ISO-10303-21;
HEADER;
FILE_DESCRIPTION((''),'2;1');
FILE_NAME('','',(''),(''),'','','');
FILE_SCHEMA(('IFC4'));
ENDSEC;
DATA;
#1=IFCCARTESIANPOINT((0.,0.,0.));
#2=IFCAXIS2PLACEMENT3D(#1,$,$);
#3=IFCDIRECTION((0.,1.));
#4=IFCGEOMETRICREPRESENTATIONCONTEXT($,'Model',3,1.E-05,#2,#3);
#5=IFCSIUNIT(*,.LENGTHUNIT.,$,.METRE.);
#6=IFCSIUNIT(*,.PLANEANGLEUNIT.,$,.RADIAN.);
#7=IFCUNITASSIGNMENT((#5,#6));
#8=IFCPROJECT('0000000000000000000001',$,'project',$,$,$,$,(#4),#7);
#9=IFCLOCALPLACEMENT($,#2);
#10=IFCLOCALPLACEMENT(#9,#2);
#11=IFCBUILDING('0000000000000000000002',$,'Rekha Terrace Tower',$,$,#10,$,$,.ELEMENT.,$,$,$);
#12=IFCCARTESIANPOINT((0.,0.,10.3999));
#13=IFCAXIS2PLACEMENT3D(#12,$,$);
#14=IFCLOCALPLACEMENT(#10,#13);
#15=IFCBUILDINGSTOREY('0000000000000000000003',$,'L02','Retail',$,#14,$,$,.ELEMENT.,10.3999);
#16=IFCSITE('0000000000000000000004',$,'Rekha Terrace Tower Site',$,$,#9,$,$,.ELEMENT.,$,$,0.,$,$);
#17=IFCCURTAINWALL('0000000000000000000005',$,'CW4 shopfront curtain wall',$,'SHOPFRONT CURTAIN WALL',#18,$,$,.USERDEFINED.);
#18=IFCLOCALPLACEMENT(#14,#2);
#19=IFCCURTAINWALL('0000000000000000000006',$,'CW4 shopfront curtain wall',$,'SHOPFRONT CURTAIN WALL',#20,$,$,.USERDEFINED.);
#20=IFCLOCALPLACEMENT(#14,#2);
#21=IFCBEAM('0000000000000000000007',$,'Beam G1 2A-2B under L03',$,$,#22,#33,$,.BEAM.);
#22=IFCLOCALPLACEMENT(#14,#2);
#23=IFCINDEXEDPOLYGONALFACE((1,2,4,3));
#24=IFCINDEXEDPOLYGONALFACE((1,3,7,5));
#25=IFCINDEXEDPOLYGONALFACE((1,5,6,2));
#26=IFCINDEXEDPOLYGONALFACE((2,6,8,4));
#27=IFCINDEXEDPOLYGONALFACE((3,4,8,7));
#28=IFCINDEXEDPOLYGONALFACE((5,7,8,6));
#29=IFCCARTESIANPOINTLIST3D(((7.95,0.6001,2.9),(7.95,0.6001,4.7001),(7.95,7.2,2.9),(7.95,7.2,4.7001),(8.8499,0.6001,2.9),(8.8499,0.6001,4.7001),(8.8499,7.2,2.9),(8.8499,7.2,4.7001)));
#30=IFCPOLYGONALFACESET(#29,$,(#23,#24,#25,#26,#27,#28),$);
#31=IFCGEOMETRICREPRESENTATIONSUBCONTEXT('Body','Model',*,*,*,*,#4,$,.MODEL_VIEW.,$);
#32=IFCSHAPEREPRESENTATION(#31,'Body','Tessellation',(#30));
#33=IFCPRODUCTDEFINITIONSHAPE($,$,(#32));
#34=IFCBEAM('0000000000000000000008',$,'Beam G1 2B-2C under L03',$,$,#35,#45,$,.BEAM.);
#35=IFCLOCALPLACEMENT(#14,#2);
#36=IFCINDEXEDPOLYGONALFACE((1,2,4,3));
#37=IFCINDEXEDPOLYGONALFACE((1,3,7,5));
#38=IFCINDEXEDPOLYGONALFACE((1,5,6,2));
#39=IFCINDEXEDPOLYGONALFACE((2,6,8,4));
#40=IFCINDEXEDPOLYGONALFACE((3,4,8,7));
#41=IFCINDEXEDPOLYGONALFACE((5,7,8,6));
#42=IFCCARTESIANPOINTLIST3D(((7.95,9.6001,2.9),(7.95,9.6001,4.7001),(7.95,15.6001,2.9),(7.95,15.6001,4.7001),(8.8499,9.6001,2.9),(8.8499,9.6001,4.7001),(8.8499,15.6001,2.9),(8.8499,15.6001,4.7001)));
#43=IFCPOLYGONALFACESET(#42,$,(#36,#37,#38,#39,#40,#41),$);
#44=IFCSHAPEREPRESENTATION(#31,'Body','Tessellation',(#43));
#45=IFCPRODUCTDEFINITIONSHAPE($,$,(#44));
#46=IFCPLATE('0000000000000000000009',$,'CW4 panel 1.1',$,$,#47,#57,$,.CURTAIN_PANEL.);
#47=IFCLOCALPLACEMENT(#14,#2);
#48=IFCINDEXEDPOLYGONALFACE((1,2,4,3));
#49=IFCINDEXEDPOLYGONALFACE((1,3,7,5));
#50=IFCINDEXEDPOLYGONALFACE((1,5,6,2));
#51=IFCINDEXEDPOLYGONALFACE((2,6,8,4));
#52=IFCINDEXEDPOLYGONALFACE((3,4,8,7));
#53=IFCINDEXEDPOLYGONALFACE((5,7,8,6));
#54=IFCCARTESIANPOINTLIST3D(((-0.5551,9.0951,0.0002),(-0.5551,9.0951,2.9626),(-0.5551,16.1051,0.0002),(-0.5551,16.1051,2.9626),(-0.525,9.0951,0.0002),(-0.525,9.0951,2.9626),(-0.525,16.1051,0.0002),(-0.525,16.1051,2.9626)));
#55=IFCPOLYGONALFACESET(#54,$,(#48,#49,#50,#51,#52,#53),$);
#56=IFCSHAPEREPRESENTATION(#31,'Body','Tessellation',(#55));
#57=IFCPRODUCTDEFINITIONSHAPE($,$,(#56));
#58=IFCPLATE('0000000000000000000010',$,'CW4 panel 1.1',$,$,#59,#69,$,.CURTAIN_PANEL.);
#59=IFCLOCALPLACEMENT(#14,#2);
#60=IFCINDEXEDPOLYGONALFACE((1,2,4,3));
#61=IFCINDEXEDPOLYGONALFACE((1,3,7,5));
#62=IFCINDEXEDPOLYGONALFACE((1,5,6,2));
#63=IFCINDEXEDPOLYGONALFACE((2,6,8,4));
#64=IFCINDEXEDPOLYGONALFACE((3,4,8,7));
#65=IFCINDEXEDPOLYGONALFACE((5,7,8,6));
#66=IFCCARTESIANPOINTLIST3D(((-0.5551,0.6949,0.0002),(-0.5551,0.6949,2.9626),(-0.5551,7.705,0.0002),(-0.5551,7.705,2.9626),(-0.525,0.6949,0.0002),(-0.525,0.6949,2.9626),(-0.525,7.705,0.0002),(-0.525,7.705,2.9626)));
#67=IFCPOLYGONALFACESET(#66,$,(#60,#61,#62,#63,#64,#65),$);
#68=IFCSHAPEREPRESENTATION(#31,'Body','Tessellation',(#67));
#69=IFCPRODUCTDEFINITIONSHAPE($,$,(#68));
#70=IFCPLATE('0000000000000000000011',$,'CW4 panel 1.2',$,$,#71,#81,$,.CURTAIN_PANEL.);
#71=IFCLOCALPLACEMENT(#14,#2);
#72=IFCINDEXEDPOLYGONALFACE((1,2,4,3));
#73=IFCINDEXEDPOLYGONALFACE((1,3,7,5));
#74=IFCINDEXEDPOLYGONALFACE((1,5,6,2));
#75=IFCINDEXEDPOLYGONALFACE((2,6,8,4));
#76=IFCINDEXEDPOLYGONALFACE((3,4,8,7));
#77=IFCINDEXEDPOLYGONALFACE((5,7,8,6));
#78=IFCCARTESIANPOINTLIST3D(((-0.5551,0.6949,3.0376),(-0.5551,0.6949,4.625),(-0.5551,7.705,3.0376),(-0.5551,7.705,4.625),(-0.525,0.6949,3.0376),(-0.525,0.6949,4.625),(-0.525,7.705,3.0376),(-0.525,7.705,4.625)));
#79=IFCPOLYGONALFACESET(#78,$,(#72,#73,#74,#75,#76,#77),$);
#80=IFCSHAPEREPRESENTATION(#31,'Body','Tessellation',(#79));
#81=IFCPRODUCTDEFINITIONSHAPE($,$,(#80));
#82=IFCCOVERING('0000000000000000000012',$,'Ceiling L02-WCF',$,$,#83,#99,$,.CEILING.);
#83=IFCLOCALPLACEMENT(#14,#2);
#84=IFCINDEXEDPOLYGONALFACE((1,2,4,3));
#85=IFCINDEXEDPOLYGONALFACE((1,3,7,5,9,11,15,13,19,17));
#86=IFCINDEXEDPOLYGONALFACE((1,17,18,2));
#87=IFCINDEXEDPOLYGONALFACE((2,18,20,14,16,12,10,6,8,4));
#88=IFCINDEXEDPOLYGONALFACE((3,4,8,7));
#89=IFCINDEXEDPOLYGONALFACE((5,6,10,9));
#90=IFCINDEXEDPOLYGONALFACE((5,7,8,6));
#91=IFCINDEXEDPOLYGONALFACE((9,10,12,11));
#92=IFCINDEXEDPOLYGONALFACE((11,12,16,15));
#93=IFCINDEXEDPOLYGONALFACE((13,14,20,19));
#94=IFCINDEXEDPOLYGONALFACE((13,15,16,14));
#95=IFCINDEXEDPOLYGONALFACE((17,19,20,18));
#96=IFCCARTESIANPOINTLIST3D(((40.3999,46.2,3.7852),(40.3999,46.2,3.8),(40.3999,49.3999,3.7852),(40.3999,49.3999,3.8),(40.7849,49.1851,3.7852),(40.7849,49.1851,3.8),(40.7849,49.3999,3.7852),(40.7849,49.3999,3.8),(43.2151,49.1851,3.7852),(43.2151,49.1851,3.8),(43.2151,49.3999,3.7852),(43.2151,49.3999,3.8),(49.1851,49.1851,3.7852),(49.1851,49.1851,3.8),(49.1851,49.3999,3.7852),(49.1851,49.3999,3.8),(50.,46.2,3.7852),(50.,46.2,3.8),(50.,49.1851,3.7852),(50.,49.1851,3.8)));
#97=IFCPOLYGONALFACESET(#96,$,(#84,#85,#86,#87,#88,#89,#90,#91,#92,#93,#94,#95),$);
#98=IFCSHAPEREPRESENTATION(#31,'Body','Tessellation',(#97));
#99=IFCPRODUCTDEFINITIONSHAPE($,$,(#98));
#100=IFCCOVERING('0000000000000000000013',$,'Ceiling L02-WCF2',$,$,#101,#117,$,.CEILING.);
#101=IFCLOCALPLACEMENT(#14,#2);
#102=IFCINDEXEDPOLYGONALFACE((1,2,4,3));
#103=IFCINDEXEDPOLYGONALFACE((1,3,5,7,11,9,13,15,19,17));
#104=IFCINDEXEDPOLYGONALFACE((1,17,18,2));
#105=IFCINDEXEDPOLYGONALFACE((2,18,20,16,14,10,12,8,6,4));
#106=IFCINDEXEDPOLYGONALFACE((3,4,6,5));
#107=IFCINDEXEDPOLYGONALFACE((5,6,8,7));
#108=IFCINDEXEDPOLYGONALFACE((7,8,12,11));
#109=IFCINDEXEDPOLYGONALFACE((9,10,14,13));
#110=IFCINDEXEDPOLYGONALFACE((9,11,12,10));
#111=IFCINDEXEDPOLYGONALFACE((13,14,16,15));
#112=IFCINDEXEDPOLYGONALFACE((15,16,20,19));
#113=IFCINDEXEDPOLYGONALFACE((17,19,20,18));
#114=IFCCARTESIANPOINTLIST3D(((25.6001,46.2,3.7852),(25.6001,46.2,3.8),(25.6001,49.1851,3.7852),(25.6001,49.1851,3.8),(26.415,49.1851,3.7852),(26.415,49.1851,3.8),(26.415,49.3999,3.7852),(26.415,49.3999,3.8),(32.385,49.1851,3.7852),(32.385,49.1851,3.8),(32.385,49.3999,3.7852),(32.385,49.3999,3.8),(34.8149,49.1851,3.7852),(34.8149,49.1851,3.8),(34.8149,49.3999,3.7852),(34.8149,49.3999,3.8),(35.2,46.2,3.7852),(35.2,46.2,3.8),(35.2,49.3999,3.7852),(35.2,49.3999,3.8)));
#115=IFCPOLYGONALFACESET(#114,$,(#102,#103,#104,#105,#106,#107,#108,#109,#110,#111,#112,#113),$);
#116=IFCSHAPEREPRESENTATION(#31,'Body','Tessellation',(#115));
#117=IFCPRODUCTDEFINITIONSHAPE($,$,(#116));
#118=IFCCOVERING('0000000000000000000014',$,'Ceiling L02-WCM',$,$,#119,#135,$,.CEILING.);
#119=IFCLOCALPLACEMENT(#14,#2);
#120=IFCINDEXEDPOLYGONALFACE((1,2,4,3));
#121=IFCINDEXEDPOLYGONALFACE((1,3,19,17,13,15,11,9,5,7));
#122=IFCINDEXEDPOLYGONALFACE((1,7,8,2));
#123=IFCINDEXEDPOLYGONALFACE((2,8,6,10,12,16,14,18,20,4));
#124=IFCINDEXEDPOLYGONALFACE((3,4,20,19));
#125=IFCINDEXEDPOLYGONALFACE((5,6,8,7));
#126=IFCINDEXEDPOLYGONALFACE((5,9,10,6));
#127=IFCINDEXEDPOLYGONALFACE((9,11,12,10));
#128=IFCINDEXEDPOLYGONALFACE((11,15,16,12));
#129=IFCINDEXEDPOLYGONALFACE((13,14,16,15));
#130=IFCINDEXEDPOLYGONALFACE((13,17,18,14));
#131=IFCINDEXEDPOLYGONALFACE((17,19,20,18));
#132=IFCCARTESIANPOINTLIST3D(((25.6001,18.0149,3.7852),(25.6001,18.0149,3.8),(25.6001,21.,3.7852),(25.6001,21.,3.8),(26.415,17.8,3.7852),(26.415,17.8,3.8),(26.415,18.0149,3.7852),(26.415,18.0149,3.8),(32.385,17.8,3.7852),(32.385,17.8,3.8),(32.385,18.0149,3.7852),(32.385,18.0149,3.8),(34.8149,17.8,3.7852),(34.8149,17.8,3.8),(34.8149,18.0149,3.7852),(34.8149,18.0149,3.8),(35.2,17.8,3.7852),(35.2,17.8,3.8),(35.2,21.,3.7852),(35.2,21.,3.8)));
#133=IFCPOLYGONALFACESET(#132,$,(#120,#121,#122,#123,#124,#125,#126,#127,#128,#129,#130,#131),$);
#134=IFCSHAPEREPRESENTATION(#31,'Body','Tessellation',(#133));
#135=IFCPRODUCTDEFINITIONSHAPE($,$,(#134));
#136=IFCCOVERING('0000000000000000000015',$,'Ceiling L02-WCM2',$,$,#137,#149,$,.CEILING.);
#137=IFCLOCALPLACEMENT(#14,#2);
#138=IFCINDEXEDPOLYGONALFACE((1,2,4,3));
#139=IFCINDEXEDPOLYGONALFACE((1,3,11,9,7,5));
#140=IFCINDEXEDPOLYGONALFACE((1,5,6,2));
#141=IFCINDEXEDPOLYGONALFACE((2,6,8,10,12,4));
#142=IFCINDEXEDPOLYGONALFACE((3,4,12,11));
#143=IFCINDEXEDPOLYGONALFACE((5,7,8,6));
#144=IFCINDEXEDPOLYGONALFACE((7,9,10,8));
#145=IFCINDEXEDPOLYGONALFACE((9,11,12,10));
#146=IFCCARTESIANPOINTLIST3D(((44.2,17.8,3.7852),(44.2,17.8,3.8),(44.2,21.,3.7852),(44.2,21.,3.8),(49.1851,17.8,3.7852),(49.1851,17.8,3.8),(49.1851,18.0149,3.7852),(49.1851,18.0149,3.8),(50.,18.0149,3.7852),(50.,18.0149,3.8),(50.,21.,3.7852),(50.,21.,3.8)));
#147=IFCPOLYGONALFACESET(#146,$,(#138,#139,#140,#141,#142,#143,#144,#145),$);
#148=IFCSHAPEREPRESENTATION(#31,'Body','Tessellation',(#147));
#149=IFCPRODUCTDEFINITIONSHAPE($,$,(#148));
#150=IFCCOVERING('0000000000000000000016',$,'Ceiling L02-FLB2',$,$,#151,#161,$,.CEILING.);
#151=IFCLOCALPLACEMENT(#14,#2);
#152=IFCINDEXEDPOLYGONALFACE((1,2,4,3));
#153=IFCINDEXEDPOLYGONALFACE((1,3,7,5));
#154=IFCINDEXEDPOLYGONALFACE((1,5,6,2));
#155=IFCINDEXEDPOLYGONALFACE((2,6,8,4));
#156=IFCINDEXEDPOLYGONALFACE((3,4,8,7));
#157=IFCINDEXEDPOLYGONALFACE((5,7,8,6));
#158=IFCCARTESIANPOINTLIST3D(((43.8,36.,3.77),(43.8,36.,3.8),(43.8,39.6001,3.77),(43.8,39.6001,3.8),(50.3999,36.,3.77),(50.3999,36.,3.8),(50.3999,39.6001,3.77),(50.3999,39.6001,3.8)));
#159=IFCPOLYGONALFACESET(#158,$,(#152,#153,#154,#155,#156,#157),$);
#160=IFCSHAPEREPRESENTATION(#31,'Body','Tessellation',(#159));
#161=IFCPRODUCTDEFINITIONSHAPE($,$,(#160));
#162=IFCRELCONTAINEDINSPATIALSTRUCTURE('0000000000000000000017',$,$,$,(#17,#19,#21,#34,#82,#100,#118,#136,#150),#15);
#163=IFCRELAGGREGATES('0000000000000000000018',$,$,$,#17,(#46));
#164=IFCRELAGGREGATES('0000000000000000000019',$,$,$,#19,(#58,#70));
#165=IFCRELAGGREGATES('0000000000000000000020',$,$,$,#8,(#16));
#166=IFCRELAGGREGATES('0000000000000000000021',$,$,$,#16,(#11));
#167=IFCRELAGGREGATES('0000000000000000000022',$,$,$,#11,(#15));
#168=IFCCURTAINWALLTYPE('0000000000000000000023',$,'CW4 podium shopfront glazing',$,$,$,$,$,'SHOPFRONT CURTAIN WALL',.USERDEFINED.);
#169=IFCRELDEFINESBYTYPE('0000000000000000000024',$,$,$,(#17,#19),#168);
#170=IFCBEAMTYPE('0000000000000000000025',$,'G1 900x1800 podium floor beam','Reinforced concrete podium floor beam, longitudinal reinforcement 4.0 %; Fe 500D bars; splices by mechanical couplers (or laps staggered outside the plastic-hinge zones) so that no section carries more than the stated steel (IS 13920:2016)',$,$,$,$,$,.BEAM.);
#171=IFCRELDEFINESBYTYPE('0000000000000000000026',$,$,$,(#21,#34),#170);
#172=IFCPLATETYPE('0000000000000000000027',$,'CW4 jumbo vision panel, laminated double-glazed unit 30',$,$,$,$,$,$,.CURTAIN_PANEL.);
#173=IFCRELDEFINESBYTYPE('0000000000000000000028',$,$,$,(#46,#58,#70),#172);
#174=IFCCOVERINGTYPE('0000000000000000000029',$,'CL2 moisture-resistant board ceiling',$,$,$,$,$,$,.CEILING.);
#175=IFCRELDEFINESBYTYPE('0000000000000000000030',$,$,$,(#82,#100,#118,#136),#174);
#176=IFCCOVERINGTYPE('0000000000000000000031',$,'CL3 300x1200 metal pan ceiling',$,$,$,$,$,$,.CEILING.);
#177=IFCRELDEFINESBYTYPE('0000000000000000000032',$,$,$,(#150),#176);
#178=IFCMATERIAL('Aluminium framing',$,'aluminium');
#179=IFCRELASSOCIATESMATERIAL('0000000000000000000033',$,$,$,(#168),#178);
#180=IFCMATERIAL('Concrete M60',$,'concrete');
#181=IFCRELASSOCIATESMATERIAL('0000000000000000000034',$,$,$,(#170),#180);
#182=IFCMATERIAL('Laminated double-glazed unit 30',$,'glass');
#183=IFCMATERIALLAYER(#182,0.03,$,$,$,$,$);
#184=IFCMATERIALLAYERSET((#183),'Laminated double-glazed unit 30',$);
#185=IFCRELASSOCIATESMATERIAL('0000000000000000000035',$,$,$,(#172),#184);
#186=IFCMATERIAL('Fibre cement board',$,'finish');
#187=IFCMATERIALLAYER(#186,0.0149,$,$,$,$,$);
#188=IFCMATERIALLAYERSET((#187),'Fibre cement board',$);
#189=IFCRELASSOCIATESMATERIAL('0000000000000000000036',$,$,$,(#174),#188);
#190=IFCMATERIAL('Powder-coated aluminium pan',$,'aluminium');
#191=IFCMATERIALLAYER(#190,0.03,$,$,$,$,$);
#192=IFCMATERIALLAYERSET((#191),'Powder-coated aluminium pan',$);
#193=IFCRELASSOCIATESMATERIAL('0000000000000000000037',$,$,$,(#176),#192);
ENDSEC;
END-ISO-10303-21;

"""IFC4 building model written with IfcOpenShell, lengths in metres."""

from ifc_helpers import new_model, si_unit, direction, frame, origin, origin_2d, place, context, subcontext, project, spatial, polyline, rectangle, outline, extrude, material, layer, layer_set, material_profile, profile_set, type_object, element, aggregate, save


model = new_model("IFC4")

# Units and contexts
model_context = context("Model", 3, precision=1e-05, world=origin(), true_north=direction((0.0, 1.0)))
body_context = subcontext(model_context, "Body", "Model", "MODEL_VIEW")
ifc_project = project(units=[si_unit("LENGTHUNIT", "METRE"), si_unit("PLANEANGLEUNIT", "RADIAN")], contexts=[model_context])

# Site, building, storey
site_placement = place(None, origin())
site = spatial("IfcSite", under=ifc_project, at=site_placement, Name="Rekha Terrace Tower Site", CompositionType="ELEMENT", RefElevation=0.0)
building_placement = place(site_placement, origin())
building = spatial("IfcBuilding", under=site, at=building_placement, Name="Rekha Terrace Tower", CompositionType="ELEMENT")
storey_placement = place(building_placement, frame((0.0, 0.0, 10.3999)))
storey = spatial("IfcBuildingStorey", under=building, at=storey_placement, Name="L02", Description="Retail", CompositionType="ELEMENT", Elevation=10.3999)

# Shared definitions
ifc_material_1 = material(Name="Concrete M60", Category="concrete")

# Curtain wall
ifc_material_2 = material(Name="Aluminium framing", Category="aluminium")
curtain_wall_type = type_object("IfcCurtainWallType", Name="CW4 podium shopfront glazing", ElementType="SHOPFRONT CURTAIN WALL", PredefinedType="USERDEFINED", material=ifc_material_2)
curtain_wall_1_placement = place(storey_placement, origin())
curtain_wall_1 = element("IfcCurtainWall", 1, at=curtain_wall_1_placement, inside=storey, type_object=curtain_wall_type, Name="CW4 shopfront curtain wall", ObjectType="SHOPFRONT CURTAIN WALL", PredefinedType="USERDEFINED")

# Curtain wall
curtain_wall_2_placement = place(storey_placement, origin())
curtain_wall_2 = element("IfcCurtainWall", 2, at=curtain_wall_2_placement, inside=storey, type_object=curtain_wall_type, Name="CW4 shopfront curtain wall", ObjectType="SHOPFRONT CURTAIN WALL", PredefinedType="USERDEFINED")

# Beams
ifc_material_profile_1 = material_profile(ifc_material_1, rectangle(XDim=0.8999, YDim=1.8, at=origin_2d()), Name="RC 900x1800")
ifc_profile_set_1 = profile_set([ifc_material_profile_1], Name="Concrete M60")
beam_type = type_object("IfcBeamType", Name="G1 900x1800 podium floor beam", Description="Reinforced concrete podium floor beam, longitudinal reinforcement 4.0 %; Fe 500D bars; splices by mechanical couplers (or laps staggered outside the plastic-hinge zones) so that no section carries more than the stated steel (IS 13920:2016)", PredefinedType="BEAM", material=ifc_profile_set_1)
beam_1_placement = place(storey_placement, frame((8.3999, 0.6001, 3.8), z_axis=(0.0, 1.0, 0.0), x_axis=(-1.0, 0.0, 0.0)))
element("IfcBeam", 3, at=beam_1_placement, inside=storey, type_object=beam_type, Name="Beam G1 2A-2B under L03", PredefinedType="BEAM", context=body_context, shape_type="SweptSolid", body=[
    extrude(rectangle(XDim=0.8999, YDim=1.8, at=origin_2d()), origin(), (0.0, 0.0, 1.0), 6.5999),
])
beam_2_placement = place(storey_placement, frame((8.3999, 9.6001, 3.8), z_axis=(0.0, 1.0, 0.0), x_axis=(-1.0, 0.0, 0.0)))
element("IfcBeam", 4, at=beam_2_placement, inside=storey, type_object=beam_type, Name="Beam G1 2B-2C under L03", PredefinedType="BEAM", context=body_context, shape_type="SweptSolid", body=[
    extrude(rectangle(XDim=0.8999, YDim=1.8, at=origin_2d()), origin(), (0.0, 0.0, 1.0), 6.0),
])

# Plates
ifc_material_3 = material(Name="Laminated double-glazed unit 30", Category="glass")
ifc_layer_1 = layer(ifc_material_3, 0.03)
ifc_layer_set_1 = layer_set([ifc_layer_1], Name="Laminated double-glazed unit 30")
plate_type = type_object("IfcPlateType", Name="CW4 jumbo vision panel, laminated double-glazed unit 30", PredefinedType="CURTAIN_PANEL", material=ifc_layer_set_1)
plate_1_placement = place(storey_placement, frame((-0.54, 12.6001, 0.0002), z_axis=(0.0, 0.0, 1.0), x_axis=(0.0, -1.0, 0.0)))
plate_1 = element("IfcPlate", 5, at=plate_1_placement, type_object=plate_type, Name="CW4 panel 1.1", PredefinedType="CURTAIN_PANEL", context=body_context, shape_type="SweptSolid", body=[
    extrude(rectangle(XDim=7.01, YDim=0.03, at=origin_2d()), origin(), (0.0, 0.0, 1.0), 2.9624),
])
aggregate(curtain_wall_1, [plate_1])
plate_2_placement = place(storey_placement, frame((-0.54, 4.2, 0.0002), z_axis=(0.0, 0.0, 1.0), x_axis=(0.0, -1.0, 0.0)))
plate_2 = element("IfcPlate", 6, at=plate_2_placement, type_object=plate_type, Name="CW4 panel 1.1", PredefinedType="CURTAIN_PANEL", context=body_context, shape_type="SweptSolid", body=[
    extrude(rectangle(XDim=7.01, YDim=0.03, at=origin_2d()), origin(), (0.0, 0.0, 1.0), 2.9624),
])
plate_3_placement = place(storey_placement, frame((-0.54, 4.2, 3.0376), z_axis=(0.0, 0.0, 1.0), x_axis=(0.0, -1.0, 0.0)))
plate_3 = element("IfcPlate", 7, at=plate_3_placement, type_object=plate_type, Name="CW4 panel 1.2", PredefinedType="CURTAIN_PANEL", context=body_context, shape_type="SweptSolid", body=[
    extrude(rectangle(XDim=7.01, YDim=0.03, at=origin_2d()), origin(), (0.0, 0.0, 1.0), 1.5874),
])
aggregate(curtain_wall_2, [plate_2, plate_3])

# Coverings
ifc_material_4 = material(Name="Fibre cement board", Category="finish")
ifc_layer_2 = layer(ifc_material_4, 0.0149)
ifc_layer_set_2 = layer_set([ifc_layer_2], Name="Fibre cement board")
covering_type_1 = type_object("IfcCoveringType", Name="CL2 moisture-resistant board ceiling", PredefinedType="CEILING", material=ifc_layer_set_2)
covering_1_placement = place(storey_placement, frame((0.0, 0.0, 3.7852)))
element("IfcCovering", 8, at=covering_1_placement, inside=storey, type_object=covering_type_1, Name="Ceiling L02-WCF", PredefinedType="CEILING", context=body_context, shape_type="SweptSolid", body=[
    extrude(outline(polyline([(40.7849, 49.3999), (40.3999, 49.3999), (40.3999, 46.2), (50.0, 46.2), (50.0, 49.1851), (49.1851, 49.1851), (49.1851, 49.3999), (43.2151, 49.3999), (43.2151, 49.1851), (40.7849, 49.1851), (40.7849, 49.3999)])), origin(), (0.0, 0.0, 1.0), 0.0149),
])
covering_2_placement = place(storey_placement, frame((0.0, 0.0, 3.7852)))
element("IfcCovering", 9, at=covering_2_placement, inside=storey, type_object=covering_type_1, Name="Ceiling L02-WCF2", PredefinedType="CEILING", context=body_context, shape_type="SweptSolid", body=[
    extrude(outline(polyline([(26.415, 49.1851), (25.6001, 49.1851), (25.6001, 46.2), (35.2, 46.2), (35.2, 49.3999), (34.8149, 49.3999), (34.8149, 49.1851), (32.385, 49.1851), (32.385, 49.3999), (26.415, 49.3999), (26.415, 49.1851)])), origin(), (0.0, 0.0, 1.0), 0.0149),
])
covering_3_placement = place(storey_placement, frame((0.0, 0.0, 3.7852)))
element("IfcCovering", 10, at=covering_3_placement, inside=storey, type_object=covering_type_1, Name="Ceiling L02-WCM", PredefinedType="CEILING", context=body_context, shape_type="SweptSolid", body=[
    extrude(outline(polyline([(35.2, 21.0), (25.6001, 21.0), (25.6001, 18.0149), (26.415, 18.0149), (26.415, 17.8), (32.385, 17.8), (32.385, 18.0149), (34.8149, 18.0149), (34.8149, 17.8), (35.2, 17.8), (35.2, 21.0)])), origin(), (0.0, 0.0, 1.0), 0.0149),
])
covering_4_placement = place(storey_placement, frame((0.0, 0.0, 3.7852)))
element("IfcCovering", 11, at=covering_4_placement, inside=storey, type_object=covering_type_1, Name="Ceiling L02-WCM2", PredefinedType="CEILING", context=body_context, shape_type="SweptSolid", body=[
    extrude(outline(polyline([(50.0, 21.0), (44.2, 21.0), (44.2, 17.8), (49.1851, 17.8), (49.1851, 18.0149), (50.0, 18.0149), (50.0, 21.0)])), origin(), (0.0, 0.0, 1.0), 0.0149),
])
ifc_material_5 = material(Name="Powder-coated aluminium pan", Category="aluminium")
ifc_layer_3 = layer(ifc_material_5, 0.03)
ifc_layer_set_3 = layer_set([ifc_layer_3], Name="Powder-coated aluminium pan")
covering_type_2 = type_object("IfcCoveringType", Name="CL3 300x1200 metal pan ceiling", PredefinedType="CEILING", material=ifc_layer_set_3)
covering_5_placement = place(storey_placement, frame((0.0, 0.0, 3.77)))
element("IfcCovering", 12, at=covering_5_placement, inside=storey, type_object=covering_type_2, Name="Ceiling L02-FLB2", PredefinedType="CEILING", context=body_context, shape_type="SweptSolid", body=[
    extrude(outline(polyline([(50.3999, 39.6001), (43.8, 39.6001), (43.8, 36.0), (50.3999, 36.0), (50.3999, 39.6001)])), origin(), (0.0, 0.0, 1.0), 0.03),
])

save(model, "model.ifc")
